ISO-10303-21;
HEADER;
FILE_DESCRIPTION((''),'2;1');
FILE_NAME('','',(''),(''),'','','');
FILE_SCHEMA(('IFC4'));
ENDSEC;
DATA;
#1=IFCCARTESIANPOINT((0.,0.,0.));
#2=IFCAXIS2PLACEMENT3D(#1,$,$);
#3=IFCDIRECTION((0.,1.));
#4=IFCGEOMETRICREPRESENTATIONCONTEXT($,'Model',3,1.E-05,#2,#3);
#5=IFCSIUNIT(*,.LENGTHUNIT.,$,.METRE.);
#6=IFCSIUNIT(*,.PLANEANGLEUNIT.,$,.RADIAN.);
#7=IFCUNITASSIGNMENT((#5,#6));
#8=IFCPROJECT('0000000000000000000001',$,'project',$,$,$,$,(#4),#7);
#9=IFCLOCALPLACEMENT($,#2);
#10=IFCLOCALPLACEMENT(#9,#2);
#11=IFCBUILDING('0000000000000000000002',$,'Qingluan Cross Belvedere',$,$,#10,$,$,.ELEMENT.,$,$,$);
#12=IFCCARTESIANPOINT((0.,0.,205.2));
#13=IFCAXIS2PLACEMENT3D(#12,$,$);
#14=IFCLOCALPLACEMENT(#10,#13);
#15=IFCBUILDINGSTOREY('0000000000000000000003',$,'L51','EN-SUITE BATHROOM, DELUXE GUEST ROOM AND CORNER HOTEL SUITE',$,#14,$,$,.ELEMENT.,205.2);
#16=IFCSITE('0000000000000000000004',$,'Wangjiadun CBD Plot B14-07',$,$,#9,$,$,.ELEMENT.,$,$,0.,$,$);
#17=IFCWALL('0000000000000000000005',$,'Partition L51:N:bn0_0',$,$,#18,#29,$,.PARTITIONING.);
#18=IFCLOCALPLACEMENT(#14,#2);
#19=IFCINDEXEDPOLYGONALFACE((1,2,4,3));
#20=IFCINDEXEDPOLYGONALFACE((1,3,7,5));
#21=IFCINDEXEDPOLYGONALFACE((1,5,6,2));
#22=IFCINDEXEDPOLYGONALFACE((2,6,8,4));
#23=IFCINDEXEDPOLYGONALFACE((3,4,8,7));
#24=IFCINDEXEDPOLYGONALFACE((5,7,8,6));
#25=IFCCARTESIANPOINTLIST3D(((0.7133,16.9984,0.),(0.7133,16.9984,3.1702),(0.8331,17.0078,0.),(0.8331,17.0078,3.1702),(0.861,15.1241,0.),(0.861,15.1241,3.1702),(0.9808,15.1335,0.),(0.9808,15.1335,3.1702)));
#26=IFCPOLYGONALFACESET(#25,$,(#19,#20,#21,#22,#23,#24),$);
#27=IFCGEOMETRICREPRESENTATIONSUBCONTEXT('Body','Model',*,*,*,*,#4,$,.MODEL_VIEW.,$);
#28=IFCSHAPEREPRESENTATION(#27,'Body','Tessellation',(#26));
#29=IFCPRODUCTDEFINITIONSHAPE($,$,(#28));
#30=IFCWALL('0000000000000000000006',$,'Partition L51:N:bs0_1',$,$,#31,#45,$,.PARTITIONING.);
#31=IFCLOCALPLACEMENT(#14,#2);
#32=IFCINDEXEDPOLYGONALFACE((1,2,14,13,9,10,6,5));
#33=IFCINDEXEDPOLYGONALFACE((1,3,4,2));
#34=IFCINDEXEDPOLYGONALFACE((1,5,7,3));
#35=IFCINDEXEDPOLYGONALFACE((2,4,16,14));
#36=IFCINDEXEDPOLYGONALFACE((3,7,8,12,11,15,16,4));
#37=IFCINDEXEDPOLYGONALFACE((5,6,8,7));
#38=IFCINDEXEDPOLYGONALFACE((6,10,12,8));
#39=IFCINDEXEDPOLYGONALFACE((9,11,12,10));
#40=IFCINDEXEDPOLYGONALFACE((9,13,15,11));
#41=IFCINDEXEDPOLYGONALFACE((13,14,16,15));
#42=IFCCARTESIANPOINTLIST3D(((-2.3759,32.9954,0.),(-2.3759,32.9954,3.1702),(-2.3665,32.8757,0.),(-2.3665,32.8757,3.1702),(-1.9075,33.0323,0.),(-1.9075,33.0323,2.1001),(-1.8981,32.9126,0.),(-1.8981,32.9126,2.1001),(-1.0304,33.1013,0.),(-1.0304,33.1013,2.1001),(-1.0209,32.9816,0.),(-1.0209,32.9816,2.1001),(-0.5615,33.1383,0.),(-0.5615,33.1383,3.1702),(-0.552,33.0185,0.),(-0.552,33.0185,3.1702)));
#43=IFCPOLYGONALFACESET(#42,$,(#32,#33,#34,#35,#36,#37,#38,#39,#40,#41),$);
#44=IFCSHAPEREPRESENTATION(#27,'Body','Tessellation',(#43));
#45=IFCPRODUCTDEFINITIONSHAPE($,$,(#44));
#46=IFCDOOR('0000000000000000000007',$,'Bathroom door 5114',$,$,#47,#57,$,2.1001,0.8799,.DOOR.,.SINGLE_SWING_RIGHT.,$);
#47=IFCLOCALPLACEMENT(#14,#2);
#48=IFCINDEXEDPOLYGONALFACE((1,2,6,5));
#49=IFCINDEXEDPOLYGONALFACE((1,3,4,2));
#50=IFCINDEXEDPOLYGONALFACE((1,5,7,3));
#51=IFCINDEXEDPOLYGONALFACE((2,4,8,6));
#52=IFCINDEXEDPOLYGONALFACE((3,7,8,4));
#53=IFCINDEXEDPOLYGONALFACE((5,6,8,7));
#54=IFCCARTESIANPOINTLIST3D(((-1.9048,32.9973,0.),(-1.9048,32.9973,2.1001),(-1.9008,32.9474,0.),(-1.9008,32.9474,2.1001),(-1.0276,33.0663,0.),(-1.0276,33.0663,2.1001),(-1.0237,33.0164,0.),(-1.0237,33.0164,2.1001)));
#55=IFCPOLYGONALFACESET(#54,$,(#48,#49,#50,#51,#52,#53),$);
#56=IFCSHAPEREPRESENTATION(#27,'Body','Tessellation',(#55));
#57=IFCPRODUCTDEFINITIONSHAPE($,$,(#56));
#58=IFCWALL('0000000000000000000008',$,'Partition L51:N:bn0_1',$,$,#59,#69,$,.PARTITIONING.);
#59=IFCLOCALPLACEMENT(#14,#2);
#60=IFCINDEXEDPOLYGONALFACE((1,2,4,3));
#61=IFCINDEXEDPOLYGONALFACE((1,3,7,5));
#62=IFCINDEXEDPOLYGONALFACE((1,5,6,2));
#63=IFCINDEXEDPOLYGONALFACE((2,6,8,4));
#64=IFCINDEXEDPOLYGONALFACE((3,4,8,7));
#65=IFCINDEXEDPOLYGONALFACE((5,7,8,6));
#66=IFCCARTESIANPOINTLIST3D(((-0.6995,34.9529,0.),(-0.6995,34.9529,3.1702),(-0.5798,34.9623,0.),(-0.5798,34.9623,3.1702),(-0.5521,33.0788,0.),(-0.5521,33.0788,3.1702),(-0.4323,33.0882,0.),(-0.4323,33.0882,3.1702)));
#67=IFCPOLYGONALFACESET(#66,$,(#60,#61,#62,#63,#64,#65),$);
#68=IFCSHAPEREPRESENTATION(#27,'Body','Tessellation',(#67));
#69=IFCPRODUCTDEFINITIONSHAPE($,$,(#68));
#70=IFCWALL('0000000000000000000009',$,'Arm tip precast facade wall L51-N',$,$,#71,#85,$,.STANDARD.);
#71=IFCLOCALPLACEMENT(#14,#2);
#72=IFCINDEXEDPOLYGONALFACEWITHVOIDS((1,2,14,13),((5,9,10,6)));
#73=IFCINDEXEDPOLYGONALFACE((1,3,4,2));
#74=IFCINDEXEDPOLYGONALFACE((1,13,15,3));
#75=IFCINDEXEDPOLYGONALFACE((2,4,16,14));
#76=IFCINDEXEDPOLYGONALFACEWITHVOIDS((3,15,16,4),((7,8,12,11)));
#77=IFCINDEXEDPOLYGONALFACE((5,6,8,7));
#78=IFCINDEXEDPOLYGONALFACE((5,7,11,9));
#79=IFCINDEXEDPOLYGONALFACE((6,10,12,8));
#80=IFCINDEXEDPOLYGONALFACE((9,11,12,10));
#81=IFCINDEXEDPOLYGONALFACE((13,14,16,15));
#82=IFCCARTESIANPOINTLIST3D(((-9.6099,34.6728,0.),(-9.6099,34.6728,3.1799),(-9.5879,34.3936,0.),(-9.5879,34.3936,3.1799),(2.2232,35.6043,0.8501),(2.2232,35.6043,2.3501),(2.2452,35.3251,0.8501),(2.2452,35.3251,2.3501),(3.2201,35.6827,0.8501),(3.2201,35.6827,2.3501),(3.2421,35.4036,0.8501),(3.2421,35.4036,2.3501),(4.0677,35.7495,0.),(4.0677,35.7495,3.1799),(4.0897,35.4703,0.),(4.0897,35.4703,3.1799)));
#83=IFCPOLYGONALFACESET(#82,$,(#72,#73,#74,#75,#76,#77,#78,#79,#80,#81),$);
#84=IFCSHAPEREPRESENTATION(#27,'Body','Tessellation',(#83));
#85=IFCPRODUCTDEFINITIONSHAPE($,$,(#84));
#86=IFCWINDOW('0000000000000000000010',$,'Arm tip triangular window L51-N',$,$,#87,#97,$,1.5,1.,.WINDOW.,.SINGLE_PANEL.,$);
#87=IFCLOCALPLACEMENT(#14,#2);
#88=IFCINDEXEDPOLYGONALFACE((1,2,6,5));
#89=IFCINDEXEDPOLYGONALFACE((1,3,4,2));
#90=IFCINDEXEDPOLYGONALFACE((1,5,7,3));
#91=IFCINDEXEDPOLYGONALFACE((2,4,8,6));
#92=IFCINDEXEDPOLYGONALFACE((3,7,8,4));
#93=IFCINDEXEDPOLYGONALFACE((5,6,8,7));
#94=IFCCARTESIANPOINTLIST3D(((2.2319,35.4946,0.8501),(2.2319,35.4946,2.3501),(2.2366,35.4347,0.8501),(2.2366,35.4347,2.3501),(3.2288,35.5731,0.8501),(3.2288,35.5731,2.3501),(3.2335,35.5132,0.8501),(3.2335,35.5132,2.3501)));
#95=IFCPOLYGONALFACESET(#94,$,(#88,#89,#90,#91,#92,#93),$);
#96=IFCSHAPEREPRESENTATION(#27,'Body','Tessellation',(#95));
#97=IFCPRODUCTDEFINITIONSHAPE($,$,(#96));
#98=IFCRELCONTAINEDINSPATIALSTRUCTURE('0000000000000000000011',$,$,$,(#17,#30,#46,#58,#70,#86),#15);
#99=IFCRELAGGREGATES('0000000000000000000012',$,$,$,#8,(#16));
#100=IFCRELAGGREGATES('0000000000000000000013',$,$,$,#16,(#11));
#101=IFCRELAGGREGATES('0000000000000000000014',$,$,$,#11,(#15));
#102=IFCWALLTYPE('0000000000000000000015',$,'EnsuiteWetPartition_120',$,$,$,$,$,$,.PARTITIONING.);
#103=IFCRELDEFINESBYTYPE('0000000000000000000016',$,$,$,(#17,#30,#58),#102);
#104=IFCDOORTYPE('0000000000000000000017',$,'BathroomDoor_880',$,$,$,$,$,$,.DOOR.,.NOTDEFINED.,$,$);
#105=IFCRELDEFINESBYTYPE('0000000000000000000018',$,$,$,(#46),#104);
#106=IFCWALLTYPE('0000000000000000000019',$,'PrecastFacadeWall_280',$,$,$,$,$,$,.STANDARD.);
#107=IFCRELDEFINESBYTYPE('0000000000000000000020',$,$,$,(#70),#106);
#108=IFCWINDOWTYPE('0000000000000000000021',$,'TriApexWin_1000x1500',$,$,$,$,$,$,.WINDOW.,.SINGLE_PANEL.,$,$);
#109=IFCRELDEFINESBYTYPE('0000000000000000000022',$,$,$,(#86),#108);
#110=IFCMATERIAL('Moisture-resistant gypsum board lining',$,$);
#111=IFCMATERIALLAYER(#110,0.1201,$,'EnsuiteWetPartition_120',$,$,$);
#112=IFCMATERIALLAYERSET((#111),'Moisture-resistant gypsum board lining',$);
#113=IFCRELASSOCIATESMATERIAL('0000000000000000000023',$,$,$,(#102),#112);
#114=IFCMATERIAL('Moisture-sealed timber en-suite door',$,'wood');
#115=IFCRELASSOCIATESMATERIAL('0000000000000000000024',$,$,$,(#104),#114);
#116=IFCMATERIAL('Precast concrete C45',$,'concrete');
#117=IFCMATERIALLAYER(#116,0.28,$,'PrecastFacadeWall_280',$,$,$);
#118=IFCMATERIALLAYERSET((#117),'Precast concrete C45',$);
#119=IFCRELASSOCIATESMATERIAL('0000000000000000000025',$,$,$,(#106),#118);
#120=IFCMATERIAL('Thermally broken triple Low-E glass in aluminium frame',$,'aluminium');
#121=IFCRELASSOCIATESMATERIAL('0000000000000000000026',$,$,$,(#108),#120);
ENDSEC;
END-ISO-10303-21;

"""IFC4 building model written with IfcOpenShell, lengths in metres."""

from ifc_helpers import new_model, si_unit, direction, frame, frame_2d, origin, place, context, subcontext, project, spatial, rectangle, extrude, material, layer, layer_set, type_object, element, fill, save


model = new_model("IFC4")

# Units and contexts
model_context = context("Model", 3, precision=1e-05, world=origin(), true_north=direction((0.0, 1.0)))
body_context = subcontext(model_context, "Body", "Model", "MODEL_VIEW")
ifc_project = project(units=[si_unit("LENGTHUNIT", "METRE"), si_unit("PLANEANGLEUNIT", "RADIAN")], contexts=[model_context])

# Site, building, storey
site_placement = place(None, origin())
site = spatial("IfcSite", under=ifc_project, at=site_placement, Name="Wangjiadun CBD Plot B14-07", CompositionType="ELEMENT", RefElevation=0.0)
building_placement = place(site_placement, origin())
building = spatial("IfcBuilding", under=site, at=building_placement, Name="Qingluan Cross Belvedere", CompositionType="ELEMENT")
storey_placement = place(building_placement, frame((0.0, 0.0, 205.2)))
storey = spatial("IfcBuildingStorey", under=building, at=storey_placement, Name="L51", Description="EN-SUITE BATHROOM, DELUXE GUEST ROOM AND CORNER HOTEL SUITE", CompositionType="ELEMENT", Elevation=205.2)

# Shared definitions
ifc_material_1 = material(Name="Moisture-resistant gypsum board lining")
ifc_layer_1 = layer(ifc_material_1, 0.1201, Name="EnsuiteWetPartition_120")
ifc_layer_set_1 = layer_set([ifc_layer_1], Name="Moisture-resistant gypsum board lining")
wall_type_1 = type_object("IfcWallType", Name="EnsuiteWetPartition_120", PredefinedType="PARTITIONING", material=ifc_layer_set_1)
ifc_material_2 = material(Name="Moisture-sealed timber en-suite door", Category="wood")
door_type_1 = type_object("IfcDoorType", Name="BathroomDoor_880", OperationType="NOTDEFINED", PredefinedType="DOOR", material=ifc_material_2)

# Wall
wall_1_placement = place(storey_placement, frame((0.9209, 15.1289, 0.0), z_axis=(0.0, 0.0, 1.0), x_axis=(-0.078563, 0.996909, 0.0)))
element("IfcWall", 1, at=wall_1_placement, inside=storey, type_object=wall_type_1, Name="Partition L51:N:bn0_0", PredefinedType="PARTITIONING", context=body_context, shape_type="SweptSolid", body=[
    extrude(rectangle(XDim=1.8801, YDim=0.1201, at=frame_2d((0.9399, 0.0))), origin(), (0.0, 0.0, 1.0), 3.1702),
])

# Wall, opening, door
wall_2_placement = place(storey_placement, frame((-2.3713, 32.9355, 0.0), z_axis=(0.0, 0.0, 1.0), x_axis=(0.996916, 0.078471, 0.0)))
wall_2 = element("IfcWall", 2, at=wall_2_placement, inside=storey, type_object=wall_type_1, Name="Partition L51:N:bs0_1", PredefinedType="PARTITIONING", context=body_context, shape_type="SweptSolid", body=[
    extrude(rectangle(XDim=1.8201, YDim=0.1201, at=frame_2d((0.9102, 0.0))), origin(), (0.0, 0.0, 1.0), 3.1702),
])
opening_1_placement = place(wall_2_placement, frame((0.47, 0.0, 0.0)))
opening_1 = element("IfcOpeningElement", 3, at=opening_1_placement, cuts=wall_2, PredefinedType="OPENING", context=body_context, shape_type="SweptSolid", body=[
    extrude(rectangle(XDim=0.8799, YDim=2.1001, at=frame_2d((0.4399, 1.05))), frame((0.0, 0.0701, 0.0), z_axis=(0.0, -1.0, 0.0), x_axis=(1.0, 0.0, 0.0)), (0.0, 0.0, 1.0), 0.1401),
])
door_1_placement = place(opening_1_placement, origin())
door_1 = element("IfcDoor", 4, at=door_1_placement, inside=storey, type_object=door_type_1, Name="Bathroom door 5114", OperationType="SINGLE_SWING_RIGHT", OverallHeight=2.1001, OverallWidth=0.8799, PredefinedType="DOOR", context=body_context, shape_type="SweptSolid", body=[
    extrude(rectangle(XDim=0.8799, YDim=2.1001, at=frame_2d((0.4399, 1.05))), frame((0.0, 0.0249, 0.0), z_axis=(0.0, -1.0, 0.0), x_axis=(1.0, 0.0, 0.0)), (0.0, 0.0, 1.0), 0.05),
])
fill(opening_1, door_1)

# Wall
wall_3_placement = place(storey_placement, frame((-0.4922, 33.0835, 0.0), z_axis=(0.0, 0.0, 1.0), x_axis=(-0.078444, 0.996918, 0.0)))
element("IfcWall", 5, at=wall_3_placement, inside=storey, type_object=wall_type_1, Name="Partition L51:N:bn0_1", PredefinedType="PARTITIONING", context=body_context, shape_type="SweptSolid", body=[
    extrude(rectangle(XDim=1.8799, YDim=0.1201, at=frame_2d((0.9399, 0.0))), origin(), (0.0, 0.0, 1.0), 3.1702),
])

# Wall, opening, window
ifc_material_3 = material(Name="Precast concrete C45", Category="concrete")
ifc_layer_2 = layer(ifc_material_3, 0.28, Name="PrecastFacadeWall_280")
ifc_layer_set_2 = layer_set([ifc_layer_2], Name="Precast concrete C45")
wall_type_2 = type_object("IfcWallType", Name="PrecastFacadeWall_280", PredefinedType="STANDARD", material=ifc_layer_set_2)
wall_4_placement = place(storey_placement, frame((4.0786, 35.6099, 0.0), z_axis=(0.0, 0.0, 1.0), x_axis=(-0.996916, -0.078474, 0.0)))
wall_4 = element("IfcWall", 6, at=wall_4_placement, inside=storey, type_object=wall_type_2, Name="Arm tip precast facade wall L51-N", PredefinedType="STANDARD", context=body_context, shape_type="SweptSolid", body=[
    extrude(rectangle(XDim=13.72, YDim=0.28, at=frame_2d((6.8599, 0.0))), origin(), (0.0, 0.0, 1.0), 3.1799),
])
opening_2_placement = place(wall_4_placement, frame((0.8501, 0.0, 0.8501)))
opening_2 = element("IfcOpeningElement", 7, at=opening_2_placement, cuts=wall_4, PredefinedType="OPENING", context=body_context, shape_type="SweptSolid", body=[
    extrude(rectangle(XDim=1.0, YDim=1.5, at=frame_2d((0.5, 0.75))), frame((0.0, 0.1499, 0.0), z_axis=(0.0, -1.0, 0.0), x_axis=(1.0, 0.0, 0.0)), (0.0, 0.0, 1.0), 0.3),
])
ifc_material_4 = material(Name="Thermally broken triple Low-E glass in aluminium frame", Category="aluminium")
window_type = type_object("IfcWindowType", Name="TriApexWin_1000x1500", PartitioningType="SINGLE_PANEL", PredefinedType="WINDOW", material=ifc_material_4)
window_placement = place(opening_2_placement, origin())
window = element("IfcWindow", 8, at=window_placement, inside=storey, type_object=window_type, Name="Arm tip triangular window L51-N", OverallHeight=1.5, OverallWidth=1.0, PartitioningType="SINGLE_PANEL", PredefinedType="WINDOW", context=body_context, shape_type="SweptSolid", body=[
    extrude(rectangle(XDim=1.0, YDim=1.5, at=frame_2d((0.5, 0.75))), frame((0.0, 0.03, 0.0), z_axis=(0.0, -1.0, 0.0), x_axis=(1.0, 0.0, 0.0)), (0.0, 0.0, 1.0), 0.0601),
])
fill(opening_2, window)

save(model, "model.ifc")
